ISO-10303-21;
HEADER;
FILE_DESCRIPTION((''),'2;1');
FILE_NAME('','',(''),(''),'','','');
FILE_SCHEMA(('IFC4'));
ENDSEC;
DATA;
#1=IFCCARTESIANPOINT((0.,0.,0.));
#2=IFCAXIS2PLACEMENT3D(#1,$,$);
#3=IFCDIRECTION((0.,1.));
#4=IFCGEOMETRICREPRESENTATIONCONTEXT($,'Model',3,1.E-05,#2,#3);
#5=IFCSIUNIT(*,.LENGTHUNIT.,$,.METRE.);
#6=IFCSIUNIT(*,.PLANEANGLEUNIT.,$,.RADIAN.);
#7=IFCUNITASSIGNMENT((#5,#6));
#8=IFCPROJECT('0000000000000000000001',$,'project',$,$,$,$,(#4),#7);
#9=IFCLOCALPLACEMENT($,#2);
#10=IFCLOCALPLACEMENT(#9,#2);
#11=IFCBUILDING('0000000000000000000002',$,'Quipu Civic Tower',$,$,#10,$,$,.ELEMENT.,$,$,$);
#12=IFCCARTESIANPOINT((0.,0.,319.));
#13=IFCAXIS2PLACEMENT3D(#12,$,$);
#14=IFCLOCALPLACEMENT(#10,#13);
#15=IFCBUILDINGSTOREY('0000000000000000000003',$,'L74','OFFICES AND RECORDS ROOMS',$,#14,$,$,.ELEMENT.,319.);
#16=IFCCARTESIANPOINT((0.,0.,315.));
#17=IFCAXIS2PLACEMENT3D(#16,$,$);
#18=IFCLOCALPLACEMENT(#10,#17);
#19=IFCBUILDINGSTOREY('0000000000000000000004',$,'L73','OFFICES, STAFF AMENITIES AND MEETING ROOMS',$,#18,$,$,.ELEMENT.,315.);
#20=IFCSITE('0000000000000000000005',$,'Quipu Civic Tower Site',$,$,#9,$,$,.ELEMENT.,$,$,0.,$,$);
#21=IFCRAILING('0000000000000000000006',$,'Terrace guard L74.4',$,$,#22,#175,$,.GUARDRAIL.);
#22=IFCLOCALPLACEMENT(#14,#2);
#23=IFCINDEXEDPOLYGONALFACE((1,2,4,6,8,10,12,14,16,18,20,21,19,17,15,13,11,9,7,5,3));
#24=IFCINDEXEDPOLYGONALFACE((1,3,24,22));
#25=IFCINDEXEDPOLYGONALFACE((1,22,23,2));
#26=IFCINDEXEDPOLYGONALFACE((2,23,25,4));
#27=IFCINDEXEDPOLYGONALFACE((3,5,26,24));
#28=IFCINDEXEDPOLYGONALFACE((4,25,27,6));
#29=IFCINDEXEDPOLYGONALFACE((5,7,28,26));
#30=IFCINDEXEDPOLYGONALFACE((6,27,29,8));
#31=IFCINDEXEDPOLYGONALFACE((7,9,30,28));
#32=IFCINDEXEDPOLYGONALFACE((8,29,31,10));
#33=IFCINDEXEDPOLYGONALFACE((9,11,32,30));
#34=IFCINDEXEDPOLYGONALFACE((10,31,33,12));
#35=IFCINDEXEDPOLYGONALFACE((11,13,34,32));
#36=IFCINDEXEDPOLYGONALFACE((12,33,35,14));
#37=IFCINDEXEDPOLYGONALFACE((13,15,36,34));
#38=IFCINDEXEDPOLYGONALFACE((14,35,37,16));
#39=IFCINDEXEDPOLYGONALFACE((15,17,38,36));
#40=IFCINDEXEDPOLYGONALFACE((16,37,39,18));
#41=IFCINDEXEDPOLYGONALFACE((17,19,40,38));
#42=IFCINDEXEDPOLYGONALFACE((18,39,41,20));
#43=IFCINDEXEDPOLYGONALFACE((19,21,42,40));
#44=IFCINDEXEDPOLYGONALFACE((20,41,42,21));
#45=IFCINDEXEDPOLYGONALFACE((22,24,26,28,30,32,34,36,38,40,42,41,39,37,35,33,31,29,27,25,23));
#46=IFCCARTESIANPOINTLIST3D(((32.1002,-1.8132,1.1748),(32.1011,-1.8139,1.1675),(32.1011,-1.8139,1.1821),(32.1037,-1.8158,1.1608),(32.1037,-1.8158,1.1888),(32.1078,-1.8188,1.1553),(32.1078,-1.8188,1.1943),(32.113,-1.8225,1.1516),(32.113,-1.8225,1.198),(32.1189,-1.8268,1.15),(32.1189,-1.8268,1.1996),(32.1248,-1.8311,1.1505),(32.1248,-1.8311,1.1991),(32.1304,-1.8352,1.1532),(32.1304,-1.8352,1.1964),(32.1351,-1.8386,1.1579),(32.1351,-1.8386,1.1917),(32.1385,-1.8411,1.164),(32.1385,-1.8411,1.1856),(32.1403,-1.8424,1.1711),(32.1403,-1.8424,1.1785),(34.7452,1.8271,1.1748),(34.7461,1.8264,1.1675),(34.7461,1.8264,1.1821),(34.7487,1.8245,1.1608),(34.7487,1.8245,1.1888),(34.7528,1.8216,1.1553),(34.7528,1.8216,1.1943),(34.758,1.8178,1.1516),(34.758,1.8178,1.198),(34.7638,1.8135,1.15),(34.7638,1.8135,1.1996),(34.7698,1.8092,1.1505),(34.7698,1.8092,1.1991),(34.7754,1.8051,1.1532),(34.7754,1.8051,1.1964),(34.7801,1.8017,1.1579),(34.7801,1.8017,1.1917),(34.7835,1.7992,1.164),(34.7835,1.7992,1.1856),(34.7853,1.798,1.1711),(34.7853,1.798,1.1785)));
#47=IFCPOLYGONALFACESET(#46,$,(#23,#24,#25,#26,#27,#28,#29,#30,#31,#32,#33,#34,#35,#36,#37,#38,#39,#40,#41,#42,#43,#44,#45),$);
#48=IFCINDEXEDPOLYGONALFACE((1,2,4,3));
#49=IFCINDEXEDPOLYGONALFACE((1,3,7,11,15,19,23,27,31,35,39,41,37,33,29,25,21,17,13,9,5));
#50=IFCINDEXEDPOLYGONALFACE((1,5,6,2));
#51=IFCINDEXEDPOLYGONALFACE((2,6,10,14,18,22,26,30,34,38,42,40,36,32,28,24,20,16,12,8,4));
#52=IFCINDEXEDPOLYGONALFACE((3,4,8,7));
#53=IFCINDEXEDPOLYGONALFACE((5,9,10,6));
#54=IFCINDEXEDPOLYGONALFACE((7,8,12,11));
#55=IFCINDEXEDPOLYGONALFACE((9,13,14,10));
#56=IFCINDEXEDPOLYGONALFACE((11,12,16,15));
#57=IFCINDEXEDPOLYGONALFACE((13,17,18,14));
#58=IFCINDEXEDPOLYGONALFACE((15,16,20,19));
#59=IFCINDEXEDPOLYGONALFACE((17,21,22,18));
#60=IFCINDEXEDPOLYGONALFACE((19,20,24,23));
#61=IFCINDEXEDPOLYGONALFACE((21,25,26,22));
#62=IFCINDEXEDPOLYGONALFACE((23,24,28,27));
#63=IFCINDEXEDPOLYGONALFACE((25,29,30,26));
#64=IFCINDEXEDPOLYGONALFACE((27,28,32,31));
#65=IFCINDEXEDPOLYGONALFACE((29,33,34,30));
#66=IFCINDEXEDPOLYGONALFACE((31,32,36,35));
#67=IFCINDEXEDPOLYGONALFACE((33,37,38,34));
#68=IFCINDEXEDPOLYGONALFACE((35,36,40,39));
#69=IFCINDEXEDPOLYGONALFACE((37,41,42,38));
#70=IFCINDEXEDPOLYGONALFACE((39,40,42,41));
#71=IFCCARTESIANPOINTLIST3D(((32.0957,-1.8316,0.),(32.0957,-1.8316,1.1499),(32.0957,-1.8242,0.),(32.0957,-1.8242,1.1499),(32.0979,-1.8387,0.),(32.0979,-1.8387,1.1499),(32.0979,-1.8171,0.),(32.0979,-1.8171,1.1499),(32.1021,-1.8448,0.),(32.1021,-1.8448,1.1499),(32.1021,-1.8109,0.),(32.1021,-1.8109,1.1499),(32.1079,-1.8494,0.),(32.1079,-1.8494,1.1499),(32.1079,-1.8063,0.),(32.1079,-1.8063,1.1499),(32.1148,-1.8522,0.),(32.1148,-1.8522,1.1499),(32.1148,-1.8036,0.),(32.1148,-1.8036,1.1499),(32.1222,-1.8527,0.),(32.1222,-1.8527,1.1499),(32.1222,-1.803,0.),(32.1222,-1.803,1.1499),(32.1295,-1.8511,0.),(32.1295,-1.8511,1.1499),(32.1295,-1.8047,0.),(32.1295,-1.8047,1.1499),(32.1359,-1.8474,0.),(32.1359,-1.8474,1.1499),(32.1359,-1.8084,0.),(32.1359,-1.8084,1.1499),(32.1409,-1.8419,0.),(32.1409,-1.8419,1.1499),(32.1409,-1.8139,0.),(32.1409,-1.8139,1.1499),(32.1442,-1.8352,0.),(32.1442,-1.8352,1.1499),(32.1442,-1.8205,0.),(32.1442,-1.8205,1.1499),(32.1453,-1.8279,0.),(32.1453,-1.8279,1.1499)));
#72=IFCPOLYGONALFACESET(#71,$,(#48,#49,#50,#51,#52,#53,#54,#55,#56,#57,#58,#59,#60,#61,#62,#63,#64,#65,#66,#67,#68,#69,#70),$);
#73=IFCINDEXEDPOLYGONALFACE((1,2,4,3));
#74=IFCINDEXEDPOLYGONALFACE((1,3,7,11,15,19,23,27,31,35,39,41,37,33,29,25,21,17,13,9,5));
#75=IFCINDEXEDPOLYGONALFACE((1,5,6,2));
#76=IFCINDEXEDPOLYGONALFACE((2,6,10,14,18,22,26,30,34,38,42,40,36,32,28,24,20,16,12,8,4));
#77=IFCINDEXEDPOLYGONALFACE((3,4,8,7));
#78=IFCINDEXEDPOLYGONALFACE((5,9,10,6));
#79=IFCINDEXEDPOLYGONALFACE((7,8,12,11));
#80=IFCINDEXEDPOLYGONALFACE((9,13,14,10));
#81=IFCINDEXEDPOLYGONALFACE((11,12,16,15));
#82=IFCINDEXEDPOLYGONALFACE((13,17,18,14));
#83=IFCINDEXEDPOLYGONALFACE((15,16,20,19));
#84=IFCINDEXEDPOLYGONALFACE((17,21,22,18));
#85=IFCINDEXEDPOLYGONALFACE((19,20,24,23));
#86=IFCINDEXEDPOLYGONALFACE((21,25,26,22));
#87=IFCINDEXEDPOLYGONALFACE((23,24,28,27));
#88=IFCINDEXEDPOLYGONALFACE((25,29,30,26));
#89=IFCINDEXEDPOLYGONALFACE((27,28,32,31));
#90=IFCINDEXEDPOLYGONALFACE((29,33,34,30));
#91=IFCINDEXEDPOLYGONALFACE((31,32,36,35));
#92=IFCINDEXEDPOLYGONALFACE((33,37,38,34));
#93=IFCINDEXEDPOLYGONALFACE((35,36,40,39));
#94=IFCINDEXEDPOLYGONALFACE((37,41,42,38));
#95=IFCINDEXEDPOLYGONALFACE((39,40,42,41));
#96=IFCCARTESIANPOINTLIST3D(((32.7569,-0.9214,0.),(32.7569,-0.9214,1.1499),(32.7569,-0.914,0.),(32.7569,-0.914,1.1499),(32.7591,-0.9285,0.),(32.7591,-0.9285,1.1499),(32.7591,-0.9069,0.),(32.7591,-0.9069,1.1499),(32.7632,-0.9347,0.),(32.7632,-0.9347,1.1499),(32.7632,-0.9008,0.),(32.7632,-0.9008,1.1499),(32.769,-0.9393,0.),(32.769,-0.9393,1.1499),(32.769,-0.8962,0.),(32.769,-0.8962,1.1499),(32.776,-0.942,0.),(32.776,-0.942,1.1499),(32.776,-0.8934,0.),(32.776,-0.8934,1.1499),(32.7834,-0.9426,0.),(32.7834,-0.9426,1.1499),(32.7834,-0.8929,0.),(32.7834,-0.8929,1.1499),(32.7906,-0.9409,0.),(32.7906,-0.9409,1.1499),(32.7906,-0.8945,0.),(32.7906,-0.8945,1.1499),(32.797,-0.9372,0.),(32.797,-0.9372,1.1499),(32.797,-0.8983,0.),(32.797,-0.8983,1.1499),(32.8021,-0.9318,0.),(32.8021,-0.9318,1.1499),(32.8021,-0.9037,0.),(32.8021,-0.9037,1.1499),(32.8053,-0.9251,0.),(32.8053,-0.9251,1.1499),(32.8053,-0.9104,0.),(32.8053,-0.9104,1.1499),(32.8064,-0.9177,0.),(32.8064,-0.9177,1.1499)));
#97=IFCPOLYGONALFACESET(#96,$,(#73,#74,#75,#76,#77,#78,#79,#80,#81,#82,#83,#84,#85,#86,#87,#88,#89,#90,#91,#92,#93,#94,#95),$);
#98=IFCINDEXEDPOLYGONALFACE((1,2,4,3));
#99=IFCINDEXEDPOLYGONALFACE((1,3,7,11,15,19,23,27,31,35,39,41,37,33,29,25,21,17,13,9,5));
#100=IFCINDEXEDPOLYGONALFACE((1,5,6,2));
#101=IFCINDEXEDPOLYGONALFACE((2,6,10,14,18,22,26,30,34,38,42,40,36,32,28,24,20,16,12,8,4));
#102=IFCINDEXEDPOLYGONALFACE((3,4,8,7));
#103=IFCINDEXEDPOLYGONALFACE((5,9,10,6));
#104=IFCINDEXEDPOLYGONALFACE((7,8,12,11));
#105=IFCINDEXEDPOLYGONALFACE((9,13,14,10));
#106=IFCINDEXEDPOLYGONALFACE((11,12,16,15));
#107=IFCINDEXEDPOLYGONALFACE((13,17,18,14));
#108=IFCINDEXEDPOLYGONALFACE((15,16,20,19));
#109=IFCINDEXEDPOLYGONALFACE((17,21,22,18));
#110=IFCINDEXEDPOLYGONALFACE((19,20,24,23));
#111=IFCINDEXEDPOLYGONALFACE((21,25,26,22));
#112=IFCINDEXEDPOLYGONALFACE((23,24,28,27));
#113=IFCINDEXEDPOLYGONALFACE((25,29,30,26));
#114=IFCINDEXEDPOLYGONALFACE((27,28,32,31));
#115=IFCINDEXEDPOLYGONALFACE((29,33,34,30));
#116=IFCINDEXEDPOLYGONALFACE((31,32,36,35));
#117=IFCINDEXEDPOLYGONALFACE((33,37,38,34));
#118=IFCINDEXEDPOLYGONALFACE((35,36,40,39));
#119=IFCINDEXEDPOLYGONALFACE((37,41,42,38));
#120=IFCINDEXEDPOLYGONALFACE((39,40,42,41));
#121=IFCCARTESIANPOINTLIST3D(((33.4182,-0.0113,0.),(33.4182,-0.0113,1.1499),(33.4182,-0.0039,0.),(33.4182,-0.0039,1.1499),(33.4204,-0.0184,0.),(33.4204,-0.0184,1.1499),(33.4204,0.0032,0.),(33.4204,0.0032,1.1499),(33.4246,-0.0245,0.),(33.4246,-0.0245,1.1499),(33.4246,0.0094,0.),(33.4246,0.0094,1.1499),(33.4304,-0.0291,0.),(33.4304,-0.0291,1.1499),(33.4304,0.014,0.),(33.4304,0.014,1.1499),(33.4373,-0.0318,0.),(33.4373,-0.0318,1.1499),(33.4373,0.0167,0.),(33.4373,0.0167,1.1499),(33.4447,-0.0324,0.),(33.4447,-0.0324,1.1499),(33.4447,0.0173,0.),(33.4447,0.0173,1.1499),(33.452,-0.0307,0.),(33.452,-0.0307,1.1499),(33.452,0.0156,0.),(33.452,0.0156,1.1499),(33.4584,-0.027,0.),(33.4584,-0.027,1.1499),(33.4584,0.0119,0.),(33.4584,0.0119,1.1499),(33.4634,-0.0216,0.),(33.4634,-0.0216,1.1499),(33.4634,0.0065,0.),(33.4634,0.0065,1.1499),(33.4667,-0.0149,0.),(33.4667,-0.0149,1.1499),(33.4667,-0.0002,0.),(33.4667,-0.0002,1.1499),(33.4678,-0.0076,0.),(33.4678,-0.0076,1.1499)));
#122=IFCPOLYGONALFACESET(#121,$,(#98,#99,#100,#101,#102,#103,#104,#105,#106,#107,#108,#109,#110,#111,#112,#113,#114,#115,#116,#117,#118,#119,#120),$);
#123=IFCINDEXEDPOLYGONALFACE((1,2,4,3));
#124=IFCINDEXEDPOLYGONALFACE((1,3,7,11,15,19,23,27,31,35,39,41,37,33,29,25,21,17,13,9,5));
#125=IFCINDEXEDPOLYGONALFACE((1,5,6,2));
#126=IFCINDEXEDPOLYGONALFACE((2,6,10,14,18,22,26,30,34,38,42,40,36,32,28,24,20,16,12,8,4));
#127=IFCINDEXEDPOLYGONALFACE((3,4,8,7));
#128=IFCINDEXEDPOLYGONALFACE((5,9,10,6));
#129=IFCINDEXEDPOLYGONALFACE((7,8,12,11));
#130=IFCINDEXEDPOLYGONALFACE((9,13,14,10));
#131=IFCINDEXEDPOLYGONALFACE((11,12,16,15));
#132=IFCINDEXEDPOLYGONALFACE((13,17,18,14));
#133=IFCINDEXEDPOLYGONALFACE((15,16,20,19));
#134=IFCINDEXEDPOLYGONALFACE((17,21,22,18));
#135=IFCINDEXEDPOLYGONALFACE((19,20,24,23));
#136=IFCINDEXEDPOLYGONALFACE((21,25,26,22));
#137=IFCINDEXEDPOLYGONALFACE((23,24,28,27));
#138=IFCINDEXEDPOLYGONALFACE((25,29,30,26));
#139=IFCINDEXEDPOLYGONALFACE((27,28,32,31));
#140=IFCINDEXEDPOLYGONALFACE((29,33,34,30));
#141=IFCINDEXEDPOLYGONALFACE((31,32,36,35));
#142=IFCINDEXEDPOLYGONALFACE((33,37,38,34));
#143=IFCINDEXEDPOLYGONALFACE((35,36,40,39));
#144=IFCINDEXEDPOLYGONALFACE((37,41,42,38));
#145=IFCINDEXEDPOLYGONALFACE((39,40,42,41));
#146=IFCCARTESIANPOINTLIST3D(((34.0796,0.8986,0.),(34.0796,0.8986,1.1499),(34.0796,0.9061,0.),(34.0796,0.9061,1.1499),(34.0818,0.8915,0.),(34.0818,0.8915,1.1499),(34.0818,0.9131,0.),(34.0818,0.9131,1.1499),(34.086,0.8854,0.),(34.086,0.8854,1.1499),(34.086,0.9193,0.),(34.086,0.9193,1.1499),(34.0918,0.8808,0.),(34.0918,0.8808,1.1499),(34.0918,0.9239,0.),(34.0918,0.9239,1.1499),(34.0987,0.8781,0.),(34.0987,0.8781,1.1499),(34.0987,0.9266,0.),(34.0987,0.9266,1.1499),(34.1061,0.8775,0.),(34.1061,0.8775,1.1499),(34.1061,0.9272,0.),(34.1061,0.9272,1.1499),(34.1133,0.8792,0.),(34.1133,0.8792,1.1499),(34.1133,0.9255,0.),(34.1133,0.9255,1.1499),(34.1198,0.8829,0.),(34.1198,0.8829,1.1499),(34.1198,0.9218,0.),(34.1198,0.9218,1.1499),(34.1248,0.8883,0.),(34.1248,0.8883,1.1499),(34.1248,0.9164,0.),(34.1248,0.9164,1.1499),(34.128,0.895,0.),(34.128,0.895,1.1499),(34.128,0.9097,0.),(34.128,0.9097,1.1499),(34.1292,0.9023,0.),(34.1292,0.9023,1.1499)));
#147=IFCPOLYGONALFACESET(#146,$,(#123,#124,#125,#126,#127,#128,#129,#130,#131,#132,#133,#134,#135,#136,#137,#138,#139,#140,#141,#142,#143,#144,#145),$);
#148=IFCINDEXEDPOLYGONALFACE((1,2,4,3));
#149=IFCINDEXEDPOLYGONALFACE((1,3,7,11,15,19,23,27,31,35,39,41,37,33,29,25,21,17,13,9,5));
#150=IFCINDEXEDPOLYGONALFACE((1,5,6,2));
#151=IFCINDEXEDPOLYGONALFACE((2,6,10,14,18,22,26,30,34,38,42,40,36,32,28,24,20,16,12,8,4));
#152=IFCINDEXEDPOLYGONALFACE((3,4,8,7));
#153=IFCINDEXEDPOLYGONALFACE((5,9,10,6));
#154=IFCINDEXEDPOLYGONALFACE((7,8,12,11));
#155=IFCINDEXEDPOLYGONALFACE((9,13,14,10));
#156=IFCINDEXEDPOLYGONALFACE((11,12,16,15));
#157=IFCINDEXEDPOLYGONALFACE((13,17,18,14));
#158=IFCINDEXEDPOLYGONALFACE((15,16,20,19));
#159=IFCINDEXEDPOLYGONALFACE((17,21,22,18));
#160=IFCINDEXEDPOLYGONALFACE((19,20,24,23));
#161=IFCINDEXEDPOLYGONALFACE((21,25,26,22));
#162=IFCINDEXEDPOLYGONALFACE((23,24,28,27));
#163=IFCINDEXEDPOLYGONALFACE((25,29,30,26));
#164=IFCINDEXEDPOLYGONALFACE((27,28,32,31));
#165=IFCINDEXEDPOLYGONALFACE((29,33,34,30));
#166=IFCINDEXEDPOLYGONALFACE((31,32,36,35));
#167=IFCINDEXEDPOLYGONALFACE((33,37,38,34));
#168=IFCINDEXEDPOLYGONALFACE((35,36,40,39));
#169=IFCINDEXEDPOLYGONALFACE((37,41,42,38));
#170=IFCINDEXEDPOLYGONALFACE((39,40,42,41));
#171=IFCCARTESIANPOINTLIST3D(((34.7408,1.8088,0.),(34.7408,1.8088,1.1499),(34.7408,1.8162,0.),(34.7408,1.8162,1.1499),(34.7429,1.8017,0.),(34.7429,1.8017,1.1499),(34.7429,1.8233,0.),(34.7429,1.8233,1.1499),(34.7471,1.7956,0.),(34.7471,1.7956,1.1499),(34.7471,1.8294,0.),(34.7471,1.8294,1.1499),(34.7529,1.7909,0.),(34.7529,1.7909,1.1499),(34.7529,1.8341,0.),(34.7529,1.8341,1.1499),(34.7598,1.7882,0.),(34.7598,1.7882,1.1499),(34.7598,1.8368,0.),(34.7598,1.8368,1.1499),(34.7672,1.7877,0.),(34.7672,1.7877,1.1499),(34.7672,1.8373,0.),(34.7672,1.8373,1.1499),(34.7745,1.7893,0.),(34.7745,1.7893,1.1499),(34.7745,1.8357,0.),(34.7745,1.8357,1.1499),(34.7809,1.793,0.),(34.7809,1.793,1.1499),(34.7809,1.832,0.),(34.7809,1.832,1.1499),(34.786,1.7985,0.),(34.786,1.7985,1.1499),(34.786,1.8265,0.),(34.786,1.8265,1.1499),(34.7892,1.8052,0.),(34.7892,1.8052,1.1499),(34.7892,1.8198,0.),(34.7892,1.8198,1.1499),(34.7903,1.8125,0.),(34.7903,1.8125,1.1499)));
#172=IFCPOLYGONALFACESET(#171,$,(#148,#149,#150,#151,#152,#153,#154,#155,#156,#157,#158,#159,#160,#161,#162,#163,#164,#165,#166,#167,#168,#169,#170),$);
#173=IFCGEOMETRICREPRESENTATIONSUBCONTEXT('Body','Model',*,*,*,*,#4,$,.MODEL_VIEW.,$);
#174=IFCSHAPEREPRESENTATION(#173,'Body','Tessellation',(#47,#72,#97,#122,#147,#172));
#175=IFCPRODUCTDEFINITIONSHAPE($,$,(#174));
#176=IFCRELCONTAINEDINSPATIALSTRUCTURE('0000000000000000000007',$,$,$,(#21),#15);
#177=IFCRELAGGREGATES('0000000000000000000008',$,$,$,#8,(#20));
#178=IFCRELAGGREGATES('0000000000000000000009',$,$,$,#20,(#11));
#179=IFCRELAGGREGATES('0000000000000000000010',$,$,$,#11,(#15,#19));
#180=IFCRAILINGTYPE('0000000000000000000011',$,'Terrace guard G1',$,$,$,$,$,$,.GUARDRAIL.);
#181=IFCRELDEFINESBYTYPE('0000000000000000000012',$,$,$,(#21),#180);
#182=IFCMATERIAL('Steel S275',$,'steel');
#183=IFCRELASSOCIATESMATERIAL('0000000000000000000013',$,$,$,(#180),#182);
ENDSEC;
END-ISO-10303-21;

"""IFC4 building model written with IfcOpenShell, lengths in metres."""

from ifc_helpers import new_model, si_unit, direction, frame, origin, origin_2d, place, context, subcontext, project, spatial, circle, extrude, material, type_object, element, save


model = new_model("IFC4")

# Units and contexts
model_context = context("Model", 3, precision=1e-05, world=origin(), true_north=direction((0.0, 1.0)))
body_context = subcontext(model_context, "Body", "Model", "MODEL_VIEW")
ifc_project = project(units=[si_unit("LENGTHUNIT", "METRE"), si_unit("PLANEANGLEUNIT", "RADIAN")], contexts=[model_context])

# Site, building, storey
site_placement = place(None, origin())
site = spatial("IfcSite", under=ifc_project, at=site_placement, Name="Quipu Civic Tower Site", CompositionType="ELEMENT", RefElevation=0.0)
building_placement = place(site_placement, origin())
building = spatial("IfcBuilding", under=site, at=building_placement, Name="Quipu Civic Tower", CompositionType="ELEMENT")
storey_1_placement = place(building_placement, frame((0.0, 0.0, 319.0)))
storey_1 = spatial("IfcBuildingStorey", under=building, at=storey_1_placement, Name="L74", Description="OFFICES AND RECORDS ROOMS", CompositionType="ELEMENT", Elevation=319.0)

# Shared definitions
storey_2_placement = place(building_placement, frame((0.0, 0.0, 315.0)))
storey_2 = spatial("IfcBuildingStorey", under=building, at=storey_2_placement, Name="L73", Description="OFFICES, STAFF AMENITIES AND MEETING ROOMS", CompositionType="ELEMENT", Elevation=315.0)

# Railing
ifc_material_1 = material(Name="Steel S275", Category="steel")
railing_type = type_object("IfcRailingType", Name="Terrace guard G1", PredefinedType="GUARDRAIL", material=ifc_material_1)
railing_1_placement = place(storey_1_placement, frame((32.1204, -1.8279, 0.0)))
element("IfcRailing", 1, at=railing_1_placement, inside=storey_1, type_object=railing_type, Name="Terrace guard L74.4", PredefinedType="GUARDRAIL", context=body_context, shape_type="SweptSolid", body=[
    extrude(circle(Radius=0.0249, at=origin_2d()), frame((0.0, 0.0, 1.1748), z_axis=(0.587804, 0.809003, 0.0), x_axis=(-0.809003, 0.587804, 0.0)), (0.0, 0.0, 1.0), 4.4998),
    extrude(circle(Radius=0.0249, at=origin_2d()), origin(), (0.0, 0.0, 1.0), 1.1499),
    extrude(circle(Radius=0.0249, at=origin_2d()), frame((0.6611, 0.9102, 0.0)), (0.0, 0.0, 1.0), 1.1499),
    extrude(circle(Radius=0.0249, at=origin_2d()), frame((1.3225, 1.8203, 0.0)), (0.0, 0.0, 1.0), 1.1499),
    extrude(circle(Radius=0.0249, at=origin_2d()), frame((1.9839, 2.7302, 0.0)), (0.0, 0.0, 1.0), 1.1499),
    extrude(circle(Radius=0.0249, at=origin_2d()), frame((2.645, 3.6404, 0.0)), (0.0, 0.0, 1.0), 1.1499),
])

save(model, "model.ifc")
